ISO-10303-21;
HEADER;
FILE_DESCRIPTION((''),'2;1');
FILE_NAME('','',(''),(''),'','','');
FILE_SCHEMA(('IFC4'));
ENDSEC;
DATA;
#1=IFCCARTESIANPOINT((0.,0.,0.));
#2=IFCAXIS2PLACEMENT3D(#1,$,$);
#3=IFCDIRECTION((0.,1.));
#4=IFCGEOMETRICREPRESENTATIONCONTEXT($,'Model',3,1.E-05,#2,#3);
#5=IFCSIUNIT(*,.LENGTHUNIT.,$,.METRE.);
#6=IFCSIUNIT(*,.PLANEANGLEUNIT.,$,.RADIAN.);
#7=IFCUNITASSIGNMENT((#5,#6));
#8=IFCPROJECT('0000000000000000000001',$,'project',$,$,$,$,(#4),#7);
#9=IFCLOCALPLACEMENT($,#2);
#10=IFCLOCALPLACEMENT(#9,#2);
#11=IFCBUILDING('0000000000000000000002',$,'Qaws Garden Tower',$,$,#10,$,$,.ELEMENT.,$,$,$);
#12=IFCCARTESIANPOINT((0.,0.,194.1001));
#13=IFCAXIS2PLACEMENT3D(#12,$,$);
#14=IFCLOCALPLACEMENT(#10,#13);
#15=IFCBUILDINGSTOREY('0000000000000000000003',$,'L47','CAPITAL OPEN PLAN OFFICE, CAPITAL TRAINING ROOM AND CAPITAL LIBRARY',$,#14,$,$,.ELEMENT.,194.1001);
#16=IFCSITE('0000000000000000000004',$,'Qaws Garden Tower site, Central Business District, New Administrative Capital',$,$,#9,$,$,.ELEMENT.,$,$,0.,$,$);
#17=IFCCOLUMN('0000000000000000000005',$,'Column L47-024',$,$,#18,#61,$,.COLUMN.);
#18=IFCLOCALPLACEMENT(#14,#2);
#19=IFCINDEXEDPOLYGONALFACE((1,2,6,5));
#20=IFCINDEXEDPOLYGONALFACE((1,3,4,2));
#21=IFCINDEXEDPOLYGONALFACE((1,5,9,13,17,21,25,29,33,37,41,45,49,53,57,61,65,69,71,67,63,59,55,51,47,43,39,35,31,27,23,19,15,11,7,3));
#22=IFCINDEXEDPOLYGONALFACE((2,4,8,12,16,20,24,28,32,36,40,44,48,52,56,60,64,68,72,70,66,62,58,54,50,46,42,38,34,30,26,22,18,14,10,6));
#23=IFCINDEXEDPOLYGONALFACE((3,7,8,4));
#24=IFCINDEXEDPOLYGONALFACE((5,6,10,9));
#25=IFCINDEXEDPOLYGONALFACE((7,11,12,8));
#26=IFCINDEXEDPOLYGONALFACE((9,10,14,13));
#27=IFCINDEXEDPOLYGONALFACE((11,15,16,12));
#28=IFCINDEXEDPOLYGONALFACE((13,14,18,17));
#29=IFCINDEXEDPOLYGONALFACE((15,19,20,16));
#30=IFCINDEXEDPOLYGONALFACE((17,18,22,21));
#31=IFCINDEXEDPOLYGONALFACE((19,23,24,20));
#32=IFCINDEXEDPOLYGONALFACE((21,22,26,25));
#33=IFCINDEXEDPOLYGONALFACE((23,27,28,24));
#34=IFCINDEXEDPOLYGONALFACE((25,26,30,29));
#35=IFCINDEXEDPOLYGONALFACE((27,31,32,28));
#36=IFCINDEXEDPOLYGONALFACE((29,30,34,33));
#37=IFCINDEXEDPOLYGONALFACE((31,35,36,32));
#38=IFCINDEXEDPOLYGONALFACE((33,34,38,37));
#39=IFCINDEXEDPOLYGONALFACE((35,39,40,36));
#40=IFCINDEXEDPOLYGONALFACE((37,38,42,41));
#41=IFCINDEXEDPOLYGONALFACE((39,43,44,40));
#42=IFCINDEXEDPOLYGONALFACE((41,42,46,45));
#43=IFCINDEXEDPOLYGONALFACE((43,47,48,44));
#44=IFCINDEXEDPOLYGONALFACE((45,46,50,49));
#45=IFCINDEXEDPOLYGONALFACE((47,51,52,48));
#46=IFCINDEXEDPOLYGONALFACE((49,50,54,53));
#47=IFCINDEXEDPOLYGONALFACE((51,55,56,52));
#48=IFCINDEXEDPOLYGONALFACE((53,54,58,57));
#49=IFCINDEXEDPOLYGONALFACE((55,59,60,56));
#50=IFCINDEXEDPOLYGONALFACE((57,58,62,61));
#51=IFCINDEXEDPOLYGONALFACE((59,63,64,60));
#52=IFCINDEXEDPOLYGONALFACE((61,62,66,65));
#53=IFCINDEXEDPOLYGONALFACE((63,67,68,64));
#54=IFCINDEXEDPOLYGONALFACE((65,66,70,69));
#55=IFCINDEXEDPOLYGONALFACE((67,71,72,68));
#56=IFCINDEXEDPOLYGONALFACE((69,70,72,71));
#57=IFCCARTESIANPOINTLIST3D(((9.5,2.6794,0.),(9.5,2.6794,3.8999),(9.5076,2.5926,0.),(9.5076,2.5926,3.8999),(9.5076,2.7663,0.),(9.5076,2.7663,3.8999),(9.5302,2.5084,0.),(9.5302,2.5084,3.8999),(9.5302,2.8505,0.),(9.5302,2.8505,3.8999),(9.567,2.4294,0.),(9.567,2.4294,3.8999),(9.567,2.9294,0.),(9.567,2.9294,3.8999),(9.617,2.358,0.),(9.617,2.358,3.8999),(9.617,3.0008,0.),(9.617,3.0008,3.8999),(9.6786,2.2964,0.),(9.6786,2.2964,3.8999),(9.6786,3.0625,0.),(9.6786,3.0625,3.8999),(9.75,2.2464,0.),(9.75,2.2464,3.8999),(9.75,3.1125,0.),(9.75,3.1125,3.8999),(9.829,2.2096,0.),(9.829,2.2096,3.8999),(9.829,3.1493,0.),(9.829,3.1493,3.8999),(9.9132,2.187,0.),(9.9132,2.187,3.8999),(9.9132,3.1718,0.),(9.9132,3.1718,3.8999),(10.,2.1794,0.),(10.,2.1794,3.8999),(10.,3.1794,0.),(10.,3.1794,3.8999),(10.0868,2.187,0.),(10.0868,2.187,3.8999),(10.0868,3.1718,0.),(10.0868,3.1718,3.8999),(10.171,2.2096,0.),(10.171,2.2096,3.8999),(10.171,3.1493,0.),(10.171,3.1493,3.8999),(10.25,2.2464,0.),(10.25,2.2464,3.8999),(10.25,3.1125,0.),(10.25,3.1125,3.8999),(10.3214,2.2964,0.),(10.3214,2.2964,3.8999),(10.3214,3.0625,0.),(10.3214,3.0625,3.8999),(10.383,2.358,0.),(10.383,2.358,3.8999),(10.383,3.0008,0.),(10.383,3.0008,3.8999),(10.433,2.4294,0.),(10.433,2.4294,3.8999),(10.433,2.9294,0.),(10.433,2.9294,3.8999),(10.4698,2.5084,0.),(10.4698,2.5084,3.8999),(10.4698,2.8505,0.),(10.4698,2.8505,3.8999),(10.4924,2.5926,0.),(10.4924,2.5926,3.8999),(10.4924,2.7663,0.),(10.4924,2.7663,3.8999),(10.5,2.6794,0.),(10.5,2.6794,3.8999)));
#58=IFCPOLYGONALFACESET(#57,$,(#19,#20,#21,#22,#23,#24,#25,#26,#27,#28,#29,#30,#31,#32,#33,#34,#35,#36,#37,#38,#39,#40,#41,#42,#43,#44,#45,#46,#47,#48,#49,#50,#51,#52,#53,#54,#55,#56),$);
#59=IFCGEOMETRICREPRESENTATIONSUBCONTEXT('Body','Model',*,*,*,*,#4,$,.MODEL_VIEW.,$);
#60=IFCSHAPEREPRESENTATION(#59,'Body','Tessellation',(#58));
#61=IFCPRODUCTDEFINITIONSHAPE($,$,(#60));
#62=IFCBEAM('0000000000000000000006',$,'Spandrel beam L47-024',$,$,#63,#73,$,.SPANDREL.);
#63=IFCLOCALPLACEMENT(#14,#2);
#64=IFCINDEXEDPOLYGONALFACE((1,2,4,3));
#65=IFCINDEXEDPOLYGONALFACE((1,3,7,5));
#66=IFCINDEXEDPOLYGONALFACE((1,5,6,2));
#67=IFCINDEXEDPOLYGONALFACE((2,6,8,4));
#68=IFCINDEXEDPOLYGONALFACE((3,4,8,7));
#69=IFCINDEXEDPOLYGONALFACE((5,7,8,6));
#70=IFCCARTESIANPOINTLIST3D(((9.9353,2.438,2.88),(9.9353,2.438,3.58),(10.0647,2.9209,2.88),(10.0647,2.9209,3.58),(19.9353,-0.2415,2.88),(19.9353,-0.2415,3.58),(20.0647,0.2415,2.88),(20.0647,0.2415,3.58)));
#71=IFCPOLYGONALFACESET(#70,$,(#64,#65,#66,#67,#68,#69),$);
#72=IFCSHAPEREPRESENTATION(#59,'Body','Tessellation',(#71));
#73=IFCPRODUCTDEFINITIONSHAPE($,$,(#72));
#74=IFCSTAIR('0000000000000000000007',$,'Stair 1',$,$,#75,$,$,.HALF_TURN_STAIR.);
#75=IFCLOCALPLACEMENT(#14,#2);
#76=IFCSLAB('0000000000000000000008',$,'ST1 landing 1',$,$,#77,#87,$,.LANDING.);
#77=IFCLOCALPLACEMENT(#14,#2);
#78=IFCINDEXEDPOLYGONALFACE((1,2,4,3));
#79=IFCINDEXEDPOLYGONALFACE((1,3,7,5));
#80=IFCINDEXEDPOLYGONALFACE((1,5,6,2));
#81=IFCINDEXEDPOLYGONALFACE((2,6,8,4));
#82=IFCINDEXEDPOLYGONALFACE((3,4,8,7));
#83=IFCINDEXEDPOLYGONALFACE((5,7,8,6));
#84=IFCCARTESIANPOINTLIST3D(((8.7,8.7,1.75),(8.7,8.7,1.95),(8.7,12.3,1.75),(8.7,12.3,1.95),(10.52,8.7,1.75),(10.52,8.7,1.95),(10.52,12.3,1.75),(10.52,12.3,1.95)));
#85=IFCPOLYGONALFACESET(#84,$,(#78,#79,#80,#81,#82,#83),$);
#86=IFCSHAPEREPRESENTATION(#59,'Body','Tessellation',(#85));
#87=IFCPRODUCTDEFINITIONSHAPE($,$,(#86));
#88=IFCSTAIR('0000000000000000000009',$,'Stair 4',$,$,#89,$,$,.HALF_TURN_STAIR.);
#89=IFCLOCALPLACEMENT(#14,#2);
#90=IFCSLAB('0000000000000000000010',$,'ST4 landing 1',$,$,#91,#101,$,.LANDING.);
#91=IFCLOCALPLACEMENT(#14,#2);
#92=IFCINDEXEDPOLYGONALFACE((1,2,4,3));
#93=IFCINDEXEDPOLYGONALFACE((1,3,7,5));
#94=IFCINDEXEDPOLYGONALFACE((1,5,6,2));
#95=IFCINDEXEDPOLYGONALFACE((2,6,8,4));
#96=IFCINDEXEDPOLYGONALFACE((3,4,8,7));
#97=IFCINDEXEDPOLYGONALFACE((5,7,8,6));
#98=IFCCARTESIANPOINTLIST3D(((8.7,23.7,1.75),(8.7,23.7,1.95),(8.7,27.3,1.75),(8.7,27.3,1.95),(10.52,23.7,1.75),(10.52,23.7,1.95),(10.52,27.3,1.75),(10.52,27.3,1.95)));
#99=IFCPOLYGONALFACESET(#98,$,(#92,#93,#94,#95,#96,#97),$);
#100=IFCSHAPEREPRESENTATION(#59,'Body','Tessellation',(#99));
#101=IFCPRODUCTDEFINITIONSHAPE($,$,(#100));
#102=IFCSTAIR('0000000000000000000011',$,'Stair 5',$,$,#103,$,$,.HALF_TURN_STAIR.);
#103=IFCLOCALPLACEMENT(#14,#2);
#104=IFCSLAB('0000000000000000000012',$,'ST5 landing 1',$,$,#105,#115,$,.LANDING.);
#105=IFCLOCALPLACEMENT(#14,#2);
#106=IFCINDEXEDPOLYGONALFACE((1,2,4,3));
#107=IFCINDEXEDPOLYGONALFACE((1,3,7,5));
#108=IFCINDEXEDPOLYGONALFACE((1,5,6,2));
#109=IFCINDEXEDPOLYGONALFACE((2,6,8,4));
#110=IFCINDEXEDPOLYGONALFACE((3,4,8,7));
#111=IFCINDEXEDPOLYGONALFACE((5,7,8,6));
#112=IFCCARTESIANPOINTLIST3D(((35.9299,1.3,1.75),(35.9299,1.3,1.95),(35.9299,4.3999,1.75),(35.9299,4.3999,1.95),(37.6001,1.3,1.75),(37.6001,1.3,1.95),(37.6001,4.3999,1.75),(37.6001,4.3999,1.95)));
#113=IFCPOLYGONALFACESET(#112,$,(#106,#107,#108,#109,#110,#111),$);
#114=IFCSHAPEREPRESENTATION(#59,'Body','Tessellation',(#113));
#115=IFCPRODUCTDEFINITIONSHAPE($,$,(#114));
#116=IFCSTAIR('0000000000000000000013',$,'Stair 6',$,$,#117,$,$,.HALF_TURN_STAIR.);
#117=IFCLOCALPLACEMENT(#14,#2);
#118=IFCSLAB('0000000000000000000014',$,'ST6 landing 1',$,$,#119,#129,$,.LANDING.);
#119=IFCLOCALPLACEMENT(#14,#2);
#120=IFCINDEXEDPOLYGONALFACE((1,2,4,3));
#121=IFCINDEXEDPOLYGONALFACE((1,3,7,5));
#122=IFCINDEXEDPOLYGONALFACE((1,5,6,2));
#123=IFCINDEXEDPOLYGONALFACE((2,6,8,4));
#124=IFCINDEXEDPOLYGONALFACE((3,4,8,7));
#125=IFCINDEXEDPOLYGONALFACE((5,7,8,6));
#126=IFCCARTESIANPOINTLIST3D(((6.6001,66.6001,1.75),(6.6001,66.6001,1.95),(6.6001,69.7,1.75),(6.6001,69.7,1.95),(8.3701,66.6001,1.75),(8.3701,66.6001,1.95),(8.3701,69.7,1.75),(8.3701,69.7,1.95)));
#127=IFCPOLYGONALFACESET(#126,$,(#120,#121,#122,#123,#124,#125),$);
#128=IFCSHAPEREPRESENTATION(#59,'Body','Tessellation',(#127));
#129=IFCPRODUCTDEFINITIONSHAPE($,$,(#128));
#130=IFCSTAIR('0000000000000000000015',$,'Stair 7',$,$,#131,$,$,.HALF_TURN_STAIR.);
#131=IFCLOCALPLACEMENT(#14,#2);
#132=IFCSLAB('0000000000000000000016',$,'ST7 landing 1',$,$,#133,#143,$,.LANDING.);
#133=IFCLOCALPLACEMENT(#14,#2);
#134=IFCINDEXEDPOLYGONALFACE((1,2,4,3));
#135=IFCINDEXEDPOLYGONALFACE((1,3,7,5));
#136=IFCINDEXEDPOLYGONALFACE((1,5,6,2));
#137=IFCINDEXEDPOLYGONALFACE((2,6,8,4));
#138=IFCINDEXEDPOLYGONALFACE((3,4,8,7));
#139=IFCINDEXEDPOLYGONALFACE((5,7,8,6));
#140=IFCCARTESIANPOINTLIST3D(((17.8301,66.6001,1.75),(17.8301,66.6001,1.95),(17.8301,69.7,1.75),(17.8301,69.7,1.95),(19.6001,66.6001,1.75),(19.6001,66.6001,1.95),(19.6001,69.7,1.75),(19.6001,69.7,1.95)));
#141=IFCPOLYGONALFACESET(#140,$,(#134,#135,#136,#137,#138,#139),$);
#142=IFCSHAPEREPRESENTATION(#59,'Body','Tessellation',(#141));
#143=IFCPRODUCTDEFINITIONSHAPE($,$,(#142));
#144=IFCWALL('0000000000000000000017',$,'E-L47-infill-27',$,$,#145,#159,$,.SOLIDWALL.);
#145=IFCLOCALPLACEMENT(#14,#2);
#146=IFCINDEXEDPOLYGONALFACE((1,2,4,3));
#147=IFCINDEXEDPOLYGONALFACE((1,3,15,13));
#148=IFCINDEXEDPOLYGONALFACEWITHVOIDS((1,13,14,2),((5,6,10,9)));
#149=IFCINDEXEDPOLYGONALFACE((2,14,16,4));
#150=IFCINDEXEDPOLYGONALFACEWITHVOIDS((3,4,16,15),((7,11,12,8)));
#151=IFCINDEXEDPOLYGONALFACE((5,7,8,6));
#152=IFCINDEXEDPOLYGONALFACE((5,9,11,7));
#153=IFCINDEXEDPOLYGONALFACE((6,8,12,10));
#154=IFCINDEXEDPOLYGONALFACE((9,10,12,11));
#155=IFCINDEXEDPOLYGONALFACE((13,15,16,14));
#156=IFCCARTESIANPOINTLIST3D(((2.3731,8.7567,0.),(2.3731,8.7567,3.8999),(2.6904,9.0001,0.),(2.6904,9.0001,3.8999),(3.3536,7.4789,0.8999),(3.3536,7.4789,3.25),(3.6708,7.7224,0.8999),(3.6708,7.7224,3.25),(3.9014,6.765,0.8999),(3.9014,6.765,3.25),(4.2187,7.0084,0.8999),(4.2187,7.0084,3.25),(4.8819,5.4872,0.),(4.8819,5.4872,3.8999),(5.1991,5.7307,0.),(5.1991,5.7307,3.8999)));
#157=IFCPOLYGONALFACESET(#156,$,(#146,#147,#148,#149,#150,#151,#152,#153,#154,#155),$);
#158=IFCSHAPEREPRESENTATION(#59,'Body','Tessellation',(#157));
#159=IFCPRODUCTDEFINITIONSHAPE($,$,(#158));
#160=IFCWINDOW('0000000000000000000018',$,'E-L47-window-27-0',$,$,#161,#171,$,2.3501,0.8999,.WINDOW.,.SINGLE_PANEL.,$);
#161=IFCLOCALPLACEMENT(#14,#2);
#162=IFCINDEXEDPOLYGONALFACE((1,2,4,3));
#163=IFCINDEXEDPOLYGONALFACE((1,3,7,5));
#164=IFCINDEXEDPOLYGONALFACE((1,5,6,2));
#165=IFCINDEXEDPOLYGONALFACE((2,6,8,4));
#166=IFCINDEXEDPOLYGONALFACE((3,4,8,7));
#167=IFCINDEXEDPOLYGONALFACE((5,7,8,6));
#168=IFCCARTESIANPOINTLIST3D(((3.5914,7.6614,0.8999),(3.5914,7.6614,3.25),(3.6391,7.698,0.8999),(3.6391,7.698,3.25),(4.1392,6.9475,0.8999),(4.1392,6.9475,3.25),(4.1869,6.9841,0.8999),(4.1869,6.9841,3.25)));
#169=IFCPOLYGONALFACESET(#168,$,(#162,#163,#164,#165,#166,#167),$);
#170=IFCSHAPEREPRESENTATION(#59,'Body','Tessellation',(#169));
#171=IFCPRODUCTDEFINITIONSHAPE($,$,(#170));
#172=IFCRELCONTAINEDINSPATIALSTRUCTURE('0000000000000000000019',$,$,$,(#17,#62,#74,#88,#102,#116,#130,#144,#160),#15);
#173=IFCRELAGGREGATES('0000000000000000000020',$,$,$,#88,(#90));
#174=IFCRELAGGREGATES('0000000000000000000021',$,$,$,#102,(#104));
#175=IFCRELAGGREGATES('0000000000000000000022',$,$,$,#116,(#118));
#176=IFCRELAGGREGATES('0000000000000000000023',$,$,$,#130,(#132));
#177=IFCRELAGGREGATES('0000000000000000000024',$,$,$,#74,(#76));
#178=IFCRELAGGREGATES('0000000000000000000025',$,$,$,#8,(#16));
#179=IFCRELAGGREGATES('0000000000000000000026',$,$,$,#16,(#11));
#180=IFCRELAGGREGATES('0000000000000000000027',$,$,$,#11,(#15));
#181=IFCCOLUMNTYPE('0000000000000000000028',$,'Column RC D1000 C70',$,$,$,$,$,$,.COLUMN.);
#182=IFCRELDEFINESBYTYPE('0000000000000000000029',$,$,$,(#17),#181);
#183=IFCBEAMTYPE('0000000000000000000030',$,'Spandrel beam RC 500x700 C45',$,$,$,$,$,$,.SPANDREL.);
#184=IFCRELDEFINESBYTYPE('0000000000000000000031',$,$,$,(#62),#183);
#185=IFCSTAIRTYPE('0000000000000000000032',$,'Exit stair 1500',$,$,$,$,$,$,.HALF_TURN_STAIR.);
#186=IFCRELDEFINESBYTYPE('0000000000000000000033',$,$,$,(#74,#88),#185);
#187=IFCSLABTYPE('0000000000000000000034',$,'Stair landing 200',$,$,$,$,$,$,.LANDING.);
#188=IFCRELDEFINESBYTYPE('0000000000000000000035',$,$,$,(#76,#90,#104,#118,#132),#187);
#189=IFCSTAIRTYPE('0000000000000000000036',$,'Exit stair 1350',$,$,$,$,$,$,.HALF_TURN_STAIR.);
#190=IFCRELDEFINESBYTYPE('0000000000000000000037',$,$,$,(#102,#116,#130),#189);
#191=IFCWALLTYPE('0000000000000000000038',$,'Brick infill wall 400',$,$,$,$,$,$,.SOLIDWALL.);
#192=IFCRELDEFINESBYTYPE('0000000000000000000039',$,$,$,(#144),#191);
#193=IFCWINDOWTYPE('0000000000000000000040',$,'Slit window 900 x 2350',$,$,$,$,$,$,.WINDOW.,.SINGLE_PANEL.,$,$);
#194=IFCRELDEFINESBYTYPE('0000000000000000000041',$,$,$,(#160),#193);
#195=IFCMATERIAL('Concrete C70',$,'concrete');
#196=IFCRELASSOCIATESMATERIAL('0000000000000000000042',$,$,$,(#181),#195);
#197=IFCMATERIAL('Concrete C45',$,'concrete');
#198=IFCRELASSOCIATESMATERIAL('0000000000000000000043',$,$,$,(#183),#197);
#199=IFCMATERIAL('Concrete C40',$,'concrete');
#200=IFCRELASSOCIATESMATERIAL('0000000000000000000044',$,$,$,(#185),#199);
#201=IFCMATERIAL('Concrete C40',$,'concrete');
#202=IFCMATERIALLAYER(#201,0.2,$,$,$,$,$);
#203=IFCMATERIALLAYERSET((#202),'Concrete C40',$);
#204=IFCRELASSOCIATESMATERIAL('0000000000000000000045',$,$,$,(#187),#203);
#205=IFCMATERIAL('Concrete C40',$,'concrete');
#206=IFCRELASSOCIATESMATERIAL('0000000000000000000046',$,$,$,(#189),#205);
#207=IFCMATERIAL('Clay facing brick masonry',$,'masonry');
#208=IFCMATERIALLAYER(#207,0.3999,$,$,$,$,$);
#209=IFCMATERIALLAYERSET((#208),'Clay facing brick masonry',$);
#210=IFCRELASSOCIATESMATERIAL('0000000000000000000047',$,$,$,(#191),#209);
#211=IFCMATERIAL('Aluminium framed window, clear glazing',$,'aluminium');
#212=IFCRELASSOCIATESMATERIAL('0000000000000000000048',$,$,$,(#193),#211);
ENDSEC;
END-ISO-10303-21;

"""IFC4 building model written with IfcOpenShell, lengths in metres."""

from ifc_helpers import new_model, si_unit, direction, frame, frame_2d, origin, origin_2d, place, context, subcontext, project, spatial, polyline, rectangle, circle, outline, extrude, material, layer, layer_set, material_profile, profile_set, type_object, element, fill, aggregate, save


model = new_model("IFC4")

# Units and contexts
model_context = context("Model", 3, precision=1e-05, world=origin(), true_north=direction((0.0, 1.0)))
body_context = subcontext(model_context, "Body", "Model", "MODEL_VIEW")
ifc_project = project(units=[si_unit("LENGTHUNIT", "METRE"), si_unit("PLANEANGLEUNIT", "RADIAN")], contexts=[model_context])

# Site, building, storey
site_placement = place(None, origin())
site = spatial("IfcSite", under=ifc_project, at=site_placement, Name="Qaws Garden Tower site, Central Business District, New Administrative Capital", CompositionType="ELEMENT", RefElevation=0.0)
building_placement = place(site_placement, origin())
building = spatial("IfcBuilding", under=site, at=building_placement, Name="Qaws Garden Tower", CompositionType="ELEMENT")
storey_placement = place(building_placement, frame((0.0, 0.0, 194.1001)))
storey = spatial("IfcBuildingStorey", under=building, at=storey_placement, Name="L47", Description="CAPITAL OPEN PLAN OFFICE, CAPITAL TRAINING ROOM AND CAPITAL LIBRARY", CompositionType="ELEMENT", Elevation=194.1001)

# Column
ifc_material_1 = material(Name="Concrete C70", Category="concrete")
ifc_material_profile_1 = material_profile(ifc_material_1, circle(Radius=0.5, at=origin_2d()), Name="RC D1000")
ifc_profile_set_1 = profile_set([ifc_material_profile_1], Name="Concrete C70")
column_type = type_object("IfcColumnType", Name="Column RC D1000 C70", PredefinedType="COLUMN", material=ifc_profile_set_1)
column_placement = place(storey_placement, frame((10.0, 2.6794, 0.0), z_axis=(0.0, 0.0, 1.0), x_axis=(1.0, 0.0, 0.0)))
element("IfcColumn", 1, at=column_placement, inside=storey, type_object=column_type, Name="Column L47-024", PredefinedType="COLUMN", context=body_context, shape_type="SweptSolid", body=[
    extrude(circle(Radius=0.5, at=origin_2d()), origin(), (0.0, 0.0, 1.0), 3.8999),
])

# Beam
ifc_material_2 = material(Name="Concrete C45", Category="concrete")
ifc_material_profile_2 = material_profile(ifc_material_2, rectangle(XDim=0.5, YDim=0.7, at=origin_2d()), Name="RC 500x700")
ifc_profile_set_2 = profile_set([ifc_material_profile_2], Name="Concrete C45")
beam_type = type_object("IfcBeamType", Name="Spandrel beam RC 500x700 C45", PredefinedType="SPANDREL", material=ifc_profile_set_2)
beam_placement = place(storey_placement, frame((10.0, 2.6794, 3.23), z_axis=(0.965927, -0.258815, 0.0), x_axis=(0.258815, 0.965927, 0.0)))
element("IfcBeam", 2, at=beam_placement, inside=storey, type_object=beam_type, Name="Spandrel beam L47-024", PredefinedType="SPANDREL", context=body_context, shape_type="SweptSolid", body=[
    extrude(rectangle(XDim=0.5, YDim=0.7, at=origin_2d()), origin(), (0.0, 0.0, 1.0), 10.3528),
])

# Stairs, slabs
ifc_material_3 = material(Name="Concrete C40", Category="concrete")
stair_type_1 = type_object("IfcStairType", Name="Exit stair 1500", PredefinedType="HALF_TURN_STAIR", material=ifc_material_3)
placement_1 = place(storey_placement, origin())
stair_1 = element("IfcStair", 3, at=placement_1, inside=storey, type_object=stair_type_1, Name="Stair 1", PredefinedType="HALF_TURN_STAIR")
ifc_material_4 = material(Name="Concrete C40", Category="concrete")
ifc_layer_1 = layer(ifc_material_4, 0.2)
ifc_layer_set_1 = layer_set([ifc_layer_1], Name="Concrete C40")
slab_type = type_object("IfcSlabType", Name="Stair landing 200", PredefinedType="LANDING", material=ifc_layer_set_1)
placement_2 = place(storey_placement, frame((0.0, 0.0, 1.75)))
slab_1 = element("IfcSlab", 4, at=placement_2, type_object=slab_type, Name="ST1 landing 1", PredefinedType="LANDING", context=body_context, shape_type="SweptSolid", body=[
    extrude(outline(polyline([(8.7, 8.7), (10.52, 8.7), (10.52, 12.3), (8.7, 12.3), (8.7, 8.7)])), origin(), (0.0, 0.0, 1.0), 0.2),
])
stair_2 = element("IfcStair", 5, at=placement_1, inside=storey, type_object=stair_type_1, Name="Stair 4", PredefinedType="HALF_TURN_STAIR")
slab_2 = element("IfcSlab", 6, at=placement_2, type_object=slab_type, Name="ST4 landing 1", PredefinedType="LANDING", context=body_context, shape_type="SweptSolid", body=[
    extrude(outline(polyline([(8.7, 23.7), (10.52, 23.7), (10.52, 27.3), (8.7, 27.3), (8.7, 23.7)])), origin(), (0.0, 0.0, 1.0), 0.2),
])
aggregate(stair_2, [slab_2])
ifc_material_5 = material(Name="Concrete C40", Category="concrete")
stair_type_2 = type_object("IfcStairType", Name="Exit stair 1350", PredefinedType="HALF_TURN_STAIR", material=ifc_material_5)
stair_3 = element("IfcStair", 7, at=placement_1, inside=storey, type_object=stair_type_2, Name="Stair 5", PredefinedType="HALF_TURN_STAIR")
slab_3 = element("IfcSlab", 8, at=placement_2, type_object=slab_type, Name="ST5 landing 1", PredefinedType="LANDING", context=body_context, shape_type="SweptSolid", body=[
    extrude(outline(polyline([(35.9299, 1.3), (37.6001, 1.3), (37.6001, 4.3999), (35.9299, 4.3999), (35.9299, 1.3)])), origin(), (0.0, 0.0, 1.0), 0.2),
])
aggregate(stair_3, [slab_3])
stair_4 = element("IfcStair", 9, at=placement_1, inside=storey, type_object=stair_type_2, Name="Stair 6", PredefinedType="HALF_TURN_STAIR")
slab_4 = element("IfcSlab", 10, at=placement_2, type_object=slab_type, Name="ST6 landing 1", PredefinedType="LANDING", context=body_context, shape_type="SweptSolid", body=[
    extrude(outline(polyline([(6.6001, 66.6001), (8.3701, 66.6001), (8.3701, 69.7), (6.6001, 69.7), (6.6001, 66.6001)])), origin(), (0.0, 0.0, 1.0), 0.2),
])
aggregate(stair_4, [slab_4])
stair_5 = element("IfcStair", 11, at=placement_1, inside=storey, type_object=stair_type_2, Name="Stair 7", PredefinedType="HALF_TURN_STAIR")
slab_5 = element("IfcSlab", 12, at=placement_2, type_object=slab_type, Name="ST7 landing 1", PredefinedType="LANDING", context=body_context, shape_type="SweptSolid", body=[
    extrude(outline(polyline([(17.8301, 66.6001), (19.6001, 66.6001), (19.6001, 69.7), (17.8301, 69.7), (17.8301, 66.6001)])), origin(), (0.0, 0.0, 1.0), 0.2),
])
aggregate(stair_5, [slab_5])

# Wall, opening, window
ifc_material_6 = material(Name="Clay facing brick masonry", Category="masonry")
ifc_layer_2 = layer(ifc_material_6, 0.3999)
ifc_layer_set_2 = layer_set([ifc_layer_2], Name="Clay facing brick masonry")
wall_type_1 = type_object("IfcWallType", Name="Brick infill wall 400", PredefinedType="SOLIDWALL", material=ifc_layer_set_2)
wall_1_placement = place(storey_placement, frame((2.5317, 8.8784, 0.0), z_axis=(0.0, 0.0, 1.0), x_axis=(0.60876, -0.793355, 0.0)))
wall_1 = element("IfcWall", 13, at=wall_1_placement, inside=storey, type_object=wall_type_1, Name="E-L47-infill-27", PredefinedType="SOLIDWALL", context=body_context, shape_type="SweptSolid", body=[
    extrude(rectangle(XDim=4.1211, YDim=0.3999, at=frame_2d((2.0605, 0.0))), origin(), (0.0, 0.0, 1.0), 3.8999),
])
opening_1_placement = place(wall_1_placement, frame((1.6106, 0.0, 0.8999)))
opening_1 = element("IfcOpeningElement", 14, at=opening_1_placement, cuts=wall_1, PredefinedType="OPENING", context=body_context, shape_type="SweptSolid", body=[
    extrude(rectangle(XDim=0.8999, YDim=2.3501, at=frame_2d((0.45, 1.175))), frame((0.0, 0.21, 0.0), z_axis=(0.0, -1.0, 0.0), x_axis=(1.0, 0.0, 0.0)), (0.0, 0.0, 1.0), 0.4199),
])
ifc_material_7 = material(Name="Aluminium framed window, clear glazing", Category="aluminium")
window_type = type_object("IfcWindowType", Name="Slit window 900 x 2350", PartitioningType="SINGLE_PANEL", PredefinedType="WINDOW", material=ifc_material_7)
window_1_placement = place(opening_1_placement, origin())
window_1 = element("IfcWindow", 15, at=window_1_placement, inside=storey, type_object=window_type, Name="E-L47-window-27-0", OverallHeight=2.3501, OverallWidth=0.8999, PartitioningType="SINGLE_PANEL", PredefinedType="WINDOW", context=body_context, shape_type="SweptSolid", body=[
    extrude(rectangle(XDim=0.8999, YDim=2.3501, at=frame_2d((0.45, 1.175))), frame((0.0, 0.1599, 0.0), z_axis=(0.0, -1.0, 0.0), x_axis=(1.0, 0.0, 0.0)), (0.0, 0.0, 1.0), 0.0601),
])
fill(opening_1, window_1)

aggregate(stair_1, [slab_1])

save(model, "model.ifc")
